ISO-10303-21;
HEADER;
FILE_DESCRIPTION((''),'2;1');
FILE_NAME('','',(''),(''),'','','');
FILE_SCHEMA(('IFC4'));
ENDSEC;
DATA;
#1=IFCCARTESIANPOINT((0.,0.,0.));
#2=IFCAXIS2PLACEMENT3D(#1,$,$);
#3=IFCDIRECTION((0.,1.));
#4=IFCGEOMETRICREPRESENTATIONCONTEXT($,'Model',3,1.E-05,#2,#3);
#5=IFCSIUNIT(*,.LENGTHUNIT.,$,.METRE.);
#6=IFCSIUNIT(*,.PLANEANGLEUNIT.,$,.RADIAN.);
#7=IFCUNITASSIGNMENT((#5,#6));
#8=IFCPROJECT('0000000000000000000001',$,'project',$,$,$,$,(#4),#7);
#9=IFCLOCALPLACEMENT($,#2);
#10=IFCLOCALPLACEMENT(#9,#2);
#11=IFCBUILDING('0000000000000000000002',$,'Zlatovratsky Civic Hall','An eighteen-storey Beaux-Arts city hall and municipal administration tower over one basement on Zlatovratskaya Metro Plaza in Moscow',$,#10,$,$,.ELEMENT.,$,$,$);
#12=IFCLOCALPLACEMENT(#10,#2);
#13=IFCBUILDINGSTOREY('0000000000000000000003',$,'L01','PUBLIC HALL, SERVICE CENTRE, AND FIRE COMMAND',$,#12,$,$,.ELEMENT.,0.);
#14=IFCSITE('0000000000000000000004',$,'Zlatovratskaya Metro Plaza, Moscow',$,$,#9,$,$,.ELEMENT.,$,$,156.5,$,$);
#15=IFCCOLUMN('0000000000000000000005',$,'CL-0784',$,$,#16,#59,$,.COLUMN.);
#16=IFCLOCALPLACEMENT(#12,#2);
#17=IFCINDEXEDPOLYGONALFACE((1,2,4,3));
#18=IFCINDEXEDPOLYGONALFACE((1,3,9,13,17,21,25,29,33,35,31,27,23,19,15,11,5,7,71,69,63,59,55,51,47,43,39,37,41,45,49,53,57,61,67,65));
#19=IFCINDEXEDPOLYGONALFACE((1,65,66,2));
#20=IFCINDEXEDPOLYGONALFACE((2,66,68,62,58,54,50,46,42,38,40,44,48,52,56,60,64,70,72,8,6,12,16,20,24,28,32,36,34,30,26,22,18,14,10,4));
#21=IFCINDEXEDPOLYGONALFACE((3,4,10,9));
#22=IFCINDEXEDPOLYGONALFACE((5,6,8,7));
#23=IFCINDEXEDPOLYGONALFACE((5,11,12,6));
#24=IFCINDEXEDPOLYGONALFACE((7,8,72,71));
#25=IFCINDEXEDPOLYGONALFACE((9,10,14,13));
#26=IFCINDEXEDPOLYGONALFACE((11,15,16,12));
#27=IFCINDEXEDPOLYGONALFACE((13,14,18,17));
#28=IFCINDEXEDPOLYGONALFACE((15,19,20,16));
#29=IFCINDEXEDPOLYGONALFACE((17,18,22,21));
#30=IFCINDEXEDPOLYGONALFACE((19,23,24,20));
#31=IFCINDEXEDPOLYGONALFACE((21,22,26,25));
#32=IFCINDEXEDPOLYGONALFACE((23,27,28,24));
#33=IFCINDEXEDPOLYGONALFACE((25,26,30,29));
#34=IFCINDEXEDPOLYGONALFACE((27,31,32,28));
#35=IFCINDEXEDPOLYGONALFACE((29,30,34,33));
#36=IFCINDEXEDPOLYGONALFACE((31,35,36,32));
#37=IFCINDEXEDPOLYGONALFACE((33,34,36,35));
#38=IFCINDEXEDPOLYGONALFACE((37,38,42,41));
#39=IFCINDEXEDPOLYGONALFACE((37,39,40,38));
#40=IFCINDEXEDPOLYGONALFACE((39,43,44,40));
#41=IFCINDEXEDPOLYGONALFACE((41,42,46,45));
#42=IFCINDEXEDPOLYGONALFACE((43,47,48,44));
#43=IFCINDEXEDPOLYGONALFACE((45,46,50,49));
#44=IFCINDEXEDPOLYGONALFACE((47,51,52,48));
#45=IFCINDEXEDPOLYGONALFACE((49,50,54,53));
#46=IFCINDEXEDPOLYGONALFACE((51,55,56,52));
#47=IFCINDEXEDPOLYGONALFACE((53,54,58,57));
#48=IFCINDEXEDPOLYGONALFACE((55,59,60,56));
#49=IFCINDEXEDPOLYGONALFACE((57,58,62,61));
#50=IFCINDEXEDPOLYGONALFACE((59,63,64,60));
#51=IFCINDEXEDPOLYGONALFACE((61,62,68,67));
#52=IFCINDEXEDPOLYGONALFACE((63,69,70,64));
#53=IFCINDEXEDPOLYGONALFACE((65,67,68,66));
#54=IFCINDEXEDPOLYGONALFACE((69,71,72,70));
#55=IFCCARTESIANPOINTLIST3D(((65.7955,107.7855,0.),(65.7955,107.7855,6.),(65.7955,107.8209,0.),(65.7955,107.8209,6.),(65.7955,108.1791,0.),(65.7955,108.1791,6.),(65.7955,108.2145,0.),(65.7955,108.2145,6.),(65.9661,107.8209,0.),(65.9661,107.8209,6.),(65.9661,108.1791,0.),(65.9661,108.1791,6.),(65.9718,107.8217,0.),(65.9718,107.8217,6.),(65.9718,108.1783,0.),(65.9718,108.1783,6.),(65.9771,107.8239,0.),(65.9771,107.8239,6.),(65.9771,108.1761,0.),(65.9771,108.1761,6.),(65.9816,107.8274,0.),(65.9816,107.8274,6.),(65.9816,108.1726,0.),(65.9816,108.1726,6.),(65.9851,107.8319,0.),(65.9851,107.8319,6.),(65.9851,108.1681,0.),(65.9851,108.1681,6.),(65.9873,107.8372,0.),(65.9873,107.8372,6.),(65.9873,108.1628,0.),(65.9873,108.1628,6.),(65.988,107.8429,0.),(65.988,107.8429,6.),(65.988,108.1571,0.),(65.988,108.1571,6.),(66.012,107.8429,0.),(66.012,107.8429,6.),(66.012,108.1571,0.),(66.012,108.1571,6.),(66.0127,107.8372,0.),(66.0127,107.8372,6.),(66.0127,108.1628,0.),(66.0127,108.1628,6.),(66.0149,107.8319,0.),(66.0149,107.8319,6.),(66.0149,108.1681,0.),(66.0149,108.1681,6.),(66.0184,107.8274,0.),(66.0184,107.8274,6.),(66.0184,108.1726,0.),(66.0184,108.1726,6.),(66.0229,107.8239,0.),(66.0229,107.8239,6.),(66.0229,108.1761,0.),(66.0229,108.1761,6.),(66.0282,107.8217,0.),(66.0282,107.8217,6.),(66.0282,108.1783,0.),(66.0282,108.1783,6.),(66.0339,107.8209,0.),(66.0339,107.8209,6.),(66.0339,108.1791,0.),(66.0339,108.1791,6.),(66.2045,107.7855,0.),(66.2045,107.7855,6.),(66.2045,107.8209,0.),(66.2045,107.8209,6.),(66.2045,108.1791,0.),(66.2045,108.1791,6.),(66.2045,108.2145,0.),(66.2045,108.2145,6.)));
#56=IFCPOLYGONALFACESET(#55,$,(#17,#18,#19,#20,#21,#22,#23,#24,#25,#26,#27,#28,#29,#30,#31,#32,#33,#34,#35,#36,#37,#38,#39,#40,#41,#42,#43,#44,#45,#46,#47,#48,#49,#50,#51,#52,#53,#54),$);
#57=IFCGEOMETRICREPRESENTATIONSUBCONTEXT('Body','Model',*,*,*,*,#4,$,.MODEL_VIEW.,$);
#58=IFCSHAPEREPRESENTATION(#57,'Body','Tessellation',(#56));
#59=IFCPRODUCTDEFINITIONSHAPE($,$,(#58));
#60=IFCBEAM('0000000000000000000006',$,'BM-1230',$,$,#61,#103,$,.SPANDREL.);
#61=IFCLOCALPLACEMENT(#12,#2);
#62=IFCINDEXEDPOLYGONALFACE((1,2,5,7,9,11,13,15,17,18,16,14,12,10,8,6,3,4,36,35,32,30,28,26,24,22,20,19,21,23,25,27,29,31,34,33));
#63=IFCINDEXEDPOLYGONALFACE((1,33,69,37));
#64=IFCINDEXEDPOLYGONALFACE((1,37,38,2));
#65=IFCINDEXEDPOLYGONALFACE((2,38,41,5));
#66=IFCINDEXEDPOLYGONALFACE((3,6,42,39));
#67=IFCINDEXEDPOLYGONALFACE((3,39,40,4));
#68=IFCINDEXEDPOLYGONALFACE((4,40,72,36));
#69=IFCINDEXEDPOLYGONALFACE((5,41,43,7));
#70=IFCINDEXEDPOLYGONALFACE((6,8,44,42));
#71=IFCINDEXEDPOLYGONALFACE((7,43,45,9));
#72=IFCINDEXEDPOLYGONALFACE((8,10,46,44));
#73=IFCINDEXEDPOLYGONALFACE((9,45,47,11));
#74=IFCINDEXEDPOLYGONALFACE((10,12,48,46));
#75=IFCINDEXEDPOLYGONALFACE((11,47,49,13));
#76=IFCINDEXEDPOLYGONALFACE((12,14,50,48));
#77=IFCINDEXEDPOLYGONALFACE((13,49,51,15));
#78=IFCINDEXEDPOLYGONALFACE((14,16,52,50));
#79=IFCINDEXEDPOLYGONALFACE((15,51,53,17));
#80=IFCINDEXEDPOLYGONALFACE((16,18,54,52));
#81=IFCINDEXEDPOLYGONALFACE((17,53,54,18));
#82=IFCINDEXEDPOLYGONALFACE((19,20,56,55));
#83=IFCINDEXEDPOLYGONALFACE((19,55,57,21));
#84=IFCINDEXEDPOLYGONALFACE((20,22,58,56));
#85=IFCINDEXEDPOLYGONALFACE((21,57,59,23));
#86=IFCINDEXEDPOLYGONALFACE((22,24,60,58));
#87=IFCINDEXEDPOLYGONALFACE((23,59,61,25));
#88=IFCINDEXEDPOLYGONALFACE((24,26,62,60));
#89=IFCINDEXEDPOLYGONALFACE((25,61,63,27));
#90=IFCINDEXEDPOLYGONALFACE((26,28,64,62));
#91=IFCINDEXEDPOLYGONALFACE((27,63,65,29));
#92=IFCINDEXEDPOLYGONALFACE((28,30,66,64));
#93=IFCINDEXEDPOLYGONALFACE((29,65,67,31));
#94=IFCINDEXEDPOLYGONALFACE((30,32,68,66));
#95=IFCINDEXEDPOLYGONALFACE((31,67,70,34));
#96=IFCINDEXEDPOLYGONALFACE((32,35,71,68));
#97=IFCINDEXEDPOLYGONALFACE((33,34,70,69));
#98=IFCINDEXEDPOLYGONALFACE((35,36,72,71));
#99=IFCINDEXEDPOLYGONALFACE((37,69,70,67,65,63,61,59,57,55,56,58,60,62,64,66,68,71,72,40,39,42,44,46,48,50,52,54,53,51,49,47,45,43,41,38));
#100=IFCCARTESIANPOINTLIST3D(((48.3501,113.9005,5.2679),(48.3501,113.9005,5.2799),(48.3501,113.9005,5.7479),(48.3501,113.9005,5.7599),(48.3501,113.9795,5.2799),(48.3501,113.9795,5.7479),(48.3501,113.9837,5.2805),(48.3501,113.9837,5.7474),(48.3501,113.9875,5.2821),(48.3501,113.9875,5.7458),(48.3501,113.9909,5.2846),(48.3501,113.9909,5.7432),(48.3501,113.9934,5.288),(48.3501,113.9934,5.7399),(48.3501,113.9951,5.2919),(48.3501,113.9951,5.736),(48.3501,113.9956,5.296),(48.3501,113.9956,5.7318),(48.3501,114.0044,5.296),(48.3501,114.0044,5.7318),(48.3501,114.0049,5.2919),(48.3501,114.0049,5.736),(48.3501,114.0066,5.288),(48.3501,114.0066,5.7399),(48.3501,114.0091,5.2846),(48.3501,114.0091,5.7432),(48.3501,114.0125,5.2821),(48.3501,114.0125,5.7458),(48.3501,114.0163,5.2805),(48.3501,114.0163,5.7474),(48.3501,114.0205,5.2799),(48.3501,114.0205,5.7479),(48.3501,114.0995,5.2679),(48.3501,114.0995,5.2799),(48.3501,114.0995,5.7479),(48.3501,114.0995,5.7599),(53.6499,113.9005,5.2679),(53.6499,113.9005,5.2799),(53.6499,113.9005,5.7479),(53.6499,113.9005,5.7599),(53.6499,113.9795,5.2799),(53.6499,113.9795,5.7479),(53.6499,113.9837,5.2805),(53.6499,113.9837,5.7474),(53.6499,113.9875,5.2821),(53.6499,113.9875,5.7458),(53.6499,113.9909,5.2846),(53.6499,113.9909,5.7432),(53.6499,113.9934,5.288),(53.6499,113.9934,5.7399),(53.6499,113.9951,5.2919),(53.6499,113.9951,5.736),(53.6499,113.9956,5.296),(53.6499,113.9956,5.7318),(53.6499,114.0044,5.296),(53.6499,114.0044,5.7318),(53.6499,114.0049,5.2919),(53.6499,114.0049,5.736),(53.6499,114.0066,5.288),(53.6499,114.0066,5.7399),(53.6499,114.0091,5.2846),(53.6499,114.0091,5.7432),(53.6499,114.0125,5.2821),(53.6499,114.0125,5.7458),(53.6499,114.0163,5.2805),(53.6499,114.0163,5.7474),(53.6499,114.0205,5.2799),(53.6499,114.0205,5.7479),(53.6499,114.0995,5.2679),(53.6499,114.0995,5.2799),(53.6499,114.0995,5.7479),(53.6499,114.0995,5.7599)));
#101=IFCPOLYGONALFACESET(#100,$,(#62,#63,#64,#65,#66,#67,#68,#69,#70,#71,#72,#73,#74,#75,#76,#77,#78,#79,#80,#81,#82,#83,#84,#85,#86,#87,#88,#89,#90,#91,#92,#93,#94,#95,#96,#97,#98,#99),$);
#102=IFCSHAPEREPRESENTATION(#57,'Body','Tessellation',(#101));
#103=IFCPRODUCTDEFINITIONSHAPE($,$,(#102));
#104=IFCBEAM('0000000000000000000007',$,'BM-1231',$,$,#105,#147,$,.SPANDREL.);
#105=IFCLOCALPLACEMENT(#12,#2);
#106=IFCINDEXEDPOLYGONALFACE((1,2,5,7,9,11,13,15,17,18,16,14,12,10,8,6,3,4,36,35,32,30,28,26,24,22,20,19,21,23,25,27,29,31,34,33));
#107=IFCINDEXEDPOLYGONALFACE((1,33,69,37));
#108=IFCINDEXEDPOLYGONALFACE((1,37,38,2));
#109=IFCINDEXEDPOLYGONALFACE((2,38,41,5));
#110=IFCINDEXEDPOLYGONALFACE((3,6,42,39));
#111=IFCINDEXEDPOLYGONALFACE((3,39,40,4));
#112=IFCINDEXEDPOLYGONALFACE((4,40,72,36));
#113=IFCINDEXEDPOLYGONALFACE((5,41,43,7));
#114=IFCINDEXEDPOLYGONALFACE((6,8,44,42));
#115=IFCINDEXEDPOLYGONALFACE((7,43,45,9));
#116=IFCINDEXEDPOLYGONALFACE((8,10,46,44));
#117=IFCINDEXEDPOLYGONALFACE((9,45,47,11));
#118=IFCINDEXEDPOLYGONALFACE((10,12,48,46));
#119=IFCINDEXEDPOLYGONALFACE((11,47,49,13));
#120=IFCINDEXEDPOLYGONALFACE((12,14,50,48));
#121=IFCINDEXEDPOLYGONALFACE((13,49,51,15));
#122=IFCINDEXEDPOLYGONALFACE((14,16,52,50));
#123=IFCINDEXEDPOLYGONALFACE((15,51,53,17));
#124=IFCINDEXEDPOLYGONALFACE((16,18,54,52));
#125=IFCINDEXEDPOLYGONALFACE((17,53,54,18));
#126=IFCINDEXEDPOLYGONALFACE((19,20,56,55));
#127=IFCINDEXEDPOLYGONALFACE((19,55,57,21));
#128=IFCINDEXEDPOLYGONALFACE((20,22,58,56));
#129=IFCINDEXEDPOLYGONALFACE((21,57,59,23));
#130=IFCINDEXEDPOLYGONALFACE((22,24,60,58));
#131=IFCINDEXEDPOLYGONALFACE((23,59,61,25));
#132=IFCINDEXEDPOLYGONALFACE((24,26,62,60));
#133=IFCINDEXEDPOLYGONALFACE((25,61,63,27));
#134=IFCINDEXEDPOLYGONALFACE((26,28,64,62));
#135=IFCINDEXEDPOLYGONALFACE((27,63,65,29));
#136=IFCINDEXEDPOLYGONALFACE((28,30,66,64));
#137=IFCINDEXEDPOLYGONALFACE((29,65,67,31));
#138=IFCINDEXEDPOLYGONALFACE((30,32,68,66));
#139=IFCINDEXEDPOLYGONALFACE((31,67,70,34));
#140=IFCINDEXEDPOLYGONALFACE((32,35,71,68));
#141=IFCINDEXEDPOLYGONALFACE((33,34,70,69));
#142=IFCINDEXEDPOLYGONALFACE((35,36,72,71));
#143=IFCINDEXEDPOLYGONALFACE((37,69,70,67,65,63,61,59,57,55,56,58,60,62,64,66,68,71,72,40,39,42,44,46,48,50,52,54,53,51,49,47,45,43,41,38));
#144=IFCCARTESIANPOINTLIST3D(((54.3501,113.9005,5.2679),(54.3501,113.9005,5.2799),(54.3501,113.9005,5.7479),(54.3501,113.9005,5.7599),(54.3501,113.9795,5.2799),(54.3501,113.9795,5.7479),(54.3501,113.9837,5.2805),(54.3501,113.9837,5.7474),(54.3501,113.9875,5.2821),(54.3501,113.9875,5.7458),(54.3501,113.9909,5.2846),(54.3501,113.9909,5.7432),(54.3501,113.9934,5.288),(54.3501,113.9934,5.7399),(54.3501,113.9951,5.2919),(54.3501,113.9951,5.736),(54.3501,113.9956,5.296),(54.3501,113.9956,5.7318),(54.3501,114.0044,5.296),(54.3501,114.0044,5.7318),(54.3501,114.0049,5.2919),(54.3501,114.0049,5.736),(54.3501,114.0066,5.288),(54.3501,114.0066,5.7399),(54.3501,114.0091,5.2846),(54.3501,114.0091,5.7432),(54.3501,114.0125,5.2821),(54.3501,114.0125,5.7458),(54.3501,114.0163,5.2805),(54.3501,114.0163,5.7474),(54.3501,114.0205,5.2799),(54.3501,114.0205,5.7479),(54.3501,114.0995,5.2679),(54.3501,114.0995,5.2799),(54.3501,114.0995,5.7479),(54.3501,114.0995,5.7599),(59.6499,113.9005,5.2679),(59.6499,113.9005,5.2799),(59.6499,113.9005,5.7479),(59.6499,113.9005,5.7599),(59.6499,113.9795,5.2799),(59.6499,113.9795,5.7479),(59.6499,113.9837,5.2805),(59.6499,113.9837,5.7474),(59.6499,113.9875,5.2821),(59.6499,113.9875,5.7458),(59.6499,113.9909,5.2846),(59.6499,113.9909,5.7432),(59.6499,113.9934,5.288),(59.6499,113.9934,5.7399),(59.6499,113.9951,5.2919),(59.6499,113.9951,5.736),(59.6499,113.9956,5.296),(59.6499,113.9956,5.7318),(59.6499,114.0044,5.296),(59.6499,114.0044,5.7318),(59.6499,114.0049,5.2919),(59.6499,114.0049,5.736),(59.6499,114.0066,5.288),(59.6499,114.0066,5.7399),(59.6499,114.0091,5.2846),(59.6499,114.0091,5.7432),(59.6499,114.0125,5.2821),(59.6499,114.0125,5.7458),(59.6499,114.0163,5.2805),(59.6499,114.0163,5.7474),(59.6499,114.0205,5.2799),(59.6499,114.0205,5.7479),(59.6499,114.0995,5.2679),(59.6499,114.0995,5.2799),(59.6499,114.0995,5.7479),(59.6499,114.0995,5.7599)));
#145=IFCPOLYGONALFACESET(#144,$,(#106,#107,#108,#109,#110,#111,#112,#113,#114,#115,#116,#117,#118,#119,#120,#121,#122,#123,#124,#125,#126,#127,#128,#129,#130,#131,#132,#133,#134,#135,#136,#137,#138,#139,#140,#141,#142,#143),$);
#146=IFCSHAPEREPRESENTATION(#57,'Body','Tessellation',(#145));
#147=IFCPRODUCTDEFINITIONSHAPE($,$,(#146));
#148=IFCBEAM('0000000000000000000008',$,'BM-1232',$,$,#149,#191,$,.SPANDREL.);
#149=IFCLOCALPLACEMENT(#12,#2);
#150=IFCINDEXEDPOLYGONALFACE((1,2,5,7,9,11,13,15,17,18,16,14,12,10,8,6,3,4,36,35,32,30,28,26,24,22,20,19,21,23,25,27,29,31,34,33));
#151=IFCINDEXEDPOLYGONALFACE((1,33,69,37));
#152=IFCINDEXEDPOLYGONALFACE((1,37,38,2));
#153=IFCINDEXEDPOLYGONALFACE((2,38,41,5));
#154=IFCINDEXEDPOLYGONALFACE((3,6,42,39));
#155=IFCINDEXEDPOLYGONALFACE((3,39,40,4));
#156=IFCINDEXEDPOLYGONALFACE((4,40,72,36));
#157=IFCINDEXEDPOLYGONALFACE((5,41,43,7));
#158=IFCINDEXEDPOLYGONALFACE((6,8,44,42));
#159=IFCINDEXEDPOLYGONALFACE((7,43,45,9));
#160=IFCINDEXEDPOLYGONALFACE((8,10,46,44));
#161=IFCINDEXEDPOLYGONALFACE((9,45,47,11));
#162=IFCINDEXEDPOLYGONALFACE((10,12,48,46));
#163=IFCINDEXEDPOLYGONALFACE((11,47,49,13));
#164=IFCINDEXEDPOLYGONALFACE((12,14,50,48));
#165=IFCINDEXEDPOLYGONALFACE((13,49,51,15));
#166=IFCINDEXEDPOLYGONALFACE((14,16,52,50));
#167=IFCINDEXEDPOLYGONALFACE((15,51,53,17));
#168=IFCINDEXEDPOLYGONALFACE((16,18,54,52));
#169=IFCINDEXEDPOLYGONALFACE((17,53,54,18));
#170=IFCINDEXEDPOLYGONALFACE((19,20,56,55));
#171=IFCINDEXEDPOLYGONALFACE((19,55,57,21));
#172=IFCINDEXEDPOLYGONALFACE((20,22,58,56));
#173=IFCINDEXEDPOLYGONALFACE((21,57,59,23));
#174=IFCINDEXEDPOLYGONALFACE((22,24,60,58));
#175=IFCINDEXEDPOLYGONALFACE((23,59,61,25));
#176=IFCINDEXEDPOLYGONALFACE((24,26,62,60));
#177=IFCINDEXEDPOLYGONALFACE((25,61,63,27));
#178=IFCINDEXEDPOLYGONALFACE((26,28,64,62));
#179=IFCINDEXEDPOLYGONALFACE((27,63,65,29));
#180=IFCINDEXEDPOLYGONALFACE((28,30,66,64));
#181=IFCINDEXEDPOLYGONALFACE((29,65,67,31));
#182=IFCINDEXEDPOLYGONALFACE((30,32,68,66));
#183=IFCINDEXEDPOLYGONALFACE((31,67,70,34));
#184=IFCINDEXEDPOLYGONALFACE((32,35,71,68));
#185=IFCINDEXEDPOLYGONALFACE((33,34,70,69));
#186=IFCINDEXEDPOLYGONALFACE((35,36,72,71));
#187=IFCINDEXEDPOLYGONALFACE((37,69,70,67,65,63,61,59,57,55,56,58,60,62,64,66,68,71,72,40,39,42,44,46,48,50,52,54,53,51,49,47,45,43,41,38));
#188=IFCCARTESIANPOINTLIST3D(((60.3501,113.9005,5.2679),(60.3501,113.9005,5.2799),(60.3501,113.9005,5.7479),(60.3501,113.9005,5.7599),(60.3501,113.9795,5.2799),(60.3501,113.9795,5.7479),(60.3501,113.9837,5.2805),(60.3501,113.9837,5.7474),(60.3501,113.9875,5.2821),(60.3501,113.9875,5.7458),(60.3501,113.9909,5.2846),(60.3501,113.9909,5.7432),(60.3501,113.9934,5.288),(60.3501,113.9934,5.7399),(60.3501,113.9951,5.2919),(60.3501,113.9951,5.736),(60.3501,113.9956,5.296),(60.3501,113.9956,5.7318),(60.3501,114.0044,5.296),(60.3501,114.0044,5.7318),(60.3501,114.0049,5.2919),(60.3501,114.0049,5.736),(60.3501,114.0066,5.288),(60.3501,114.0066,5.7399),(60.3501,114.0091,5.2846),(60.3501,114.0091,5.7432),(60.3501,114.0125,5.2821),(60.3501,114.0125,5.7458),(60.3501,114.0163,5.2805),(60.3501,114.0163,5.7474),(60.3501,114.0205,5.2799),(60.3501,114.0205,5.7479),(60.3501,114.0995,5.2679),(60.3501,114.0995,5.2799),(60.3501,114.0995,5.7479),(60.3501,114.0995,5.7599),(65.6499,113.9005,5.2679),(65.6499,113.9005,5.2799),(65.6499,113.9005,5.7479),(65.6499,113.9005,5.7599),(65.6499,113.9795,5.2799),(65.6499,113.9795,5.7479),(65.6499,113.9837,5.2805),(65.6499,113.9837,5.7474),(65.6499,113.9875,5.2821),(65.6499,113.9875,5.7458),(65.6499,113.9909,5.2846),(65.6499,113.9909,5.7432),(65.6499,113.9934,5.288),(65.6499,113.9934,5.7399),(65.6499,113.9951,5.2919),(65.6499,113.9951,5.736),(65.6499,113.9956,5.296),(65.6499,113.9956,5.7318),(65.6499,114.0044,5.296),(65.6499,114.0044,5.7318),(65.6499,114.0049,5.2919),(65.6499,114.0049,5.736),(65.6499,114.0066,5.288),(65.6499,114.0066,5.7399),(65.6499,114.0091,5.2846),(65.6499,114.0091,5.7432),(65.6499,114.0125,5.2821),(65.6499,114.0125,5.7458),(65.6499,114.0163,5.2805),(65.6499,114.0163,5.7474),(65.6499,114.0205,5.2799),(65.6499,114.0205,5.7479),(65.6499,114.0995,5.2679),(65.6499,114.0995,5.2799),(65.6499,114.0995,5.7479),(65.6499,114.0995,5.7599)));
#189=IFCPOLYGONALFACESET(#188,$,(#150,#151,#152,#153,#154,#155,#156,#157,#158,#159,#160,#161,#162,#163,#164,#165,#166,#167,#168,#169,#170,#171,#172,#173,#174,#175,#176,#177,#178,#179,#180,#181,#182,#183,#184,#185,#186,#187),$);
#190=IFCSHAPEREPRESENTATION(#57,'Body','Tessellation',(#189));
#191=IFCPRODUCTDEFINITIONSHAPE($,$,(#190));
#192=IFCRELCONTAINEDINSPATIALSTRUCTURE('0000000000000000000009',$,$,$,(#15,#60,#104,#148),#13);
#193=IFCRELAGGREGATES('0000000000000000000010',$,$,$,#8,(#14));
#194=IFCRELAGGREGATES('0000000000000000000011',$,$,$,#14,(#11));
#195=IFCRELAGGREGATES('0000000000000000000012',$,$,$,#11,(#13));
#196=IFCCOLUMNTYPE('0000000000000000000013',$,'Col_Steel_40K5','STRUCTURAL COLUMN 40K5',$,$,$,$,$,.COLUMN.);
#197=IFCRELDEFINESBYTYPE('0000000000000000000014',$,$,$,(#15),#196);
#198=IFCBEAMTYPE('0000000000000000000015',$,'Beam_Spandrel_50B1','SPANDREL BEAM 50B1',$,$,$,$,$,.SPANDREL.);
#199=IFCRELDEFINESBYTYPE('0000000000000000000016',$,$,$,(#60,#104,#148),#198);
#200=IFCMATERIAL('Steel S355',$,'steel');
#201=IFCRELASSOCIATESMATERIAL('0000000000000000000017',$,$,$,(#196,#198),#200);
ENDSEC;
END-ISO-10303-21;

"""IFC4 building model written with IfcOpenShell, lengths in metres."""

from ifc_helpers import new_model, si_unit, direction, frame, origin, origin_2d, place, context, subcontext, project, spatial, i_section, extrude, material, material_profile, profile_set, type_object, element, save


model = new_model("IFC4")

# Units and contexts
model_context = context("Model", 3, precision=1e-05, world=origin(), true_north=direction((0.0, 1.0)))
body_context = subcontext(model_context, "Body", "Model", "MODEL_VIEW")
ifc_project = project(units=[si_unit("LENGTHUNIT", "METRE"), si_unit("PLANEANGLEUNIT", "RADIAN")], contexts=[model_context])

# Site, building, storey
site_placement = place(None, origin())
site = spatial("IfcSite", under=ifc_project, at=site_placement, Name="Zlatovratskaya Metro Plaza, Moscow", CompositionType="ELEMENT", RefElevation=156.5)
building_placement = place(site_placement, origin())
building = spatial("IfcBuilding", under=site, at=building_placement, Name="Zlatovratsky Civic Hall", Description="An eighteen-storey Beaux-Arts city hall and municipal administration tower over one basement on Zlatovratskaya Metro Plaza in Moscow", CompositionType="ELEMENT")
storey_placement = place(building_placement, origin())
storey = spatial("IfcBuildingStorey", under=building, at=storey_placement, Name="L01", Description="PUBLIC HALL, SERVICE CENTRE, AND FIRE COMMAND", CompositionType="ELEMENT", Elevation=0.0)

# Column
ifc_material_1 = material(Name="Steel S355", Category="steel")
ifc_material_profile_1 = material_profile(ifc_material_1, i_section(OverallWidth=0.4089, OverallDepth=0.429, WebThickness=0.0239, FlangeThickness=0.0354, FilletRadius=0.022, at=origin_2d()), Name="40K5")
ifc_profile_set_1 = profile_set([ifc_material_profile_1], Name="Steel S355")
column_type_1 = type_object("IfcColumnType", Name="Col_Steel_40K5", Description="STRUCTURAL COLUMN 40K5", PredefinedType="COLUMN", material=ifc_profile_set_1)
for number, where, z_axis, x_axis, name in (
    (1, (66.0, 108.0, 0.0), (0.0, 0.0, 1.0), (1.0, 0.0, 0.0), "CL-0784"),
):
    element("IfcColumn", number, at=place(storey_placement, frame(where, z_axis=z_axis, x_axis=x_axis)), inside=storey, type_object=column_type_1, Name=name, PredefinedType="COLUMN", context=body_context, shape_type="SweptSolid", body=[
        extrude(i_section(OverallWidth=0.4089, OverallDepth=0.429, WebThickness=0.0239, FlangeThickness=0.0354, FilletRadius=0.022, at=origin_2d()), origin(), (0.0, 0.0, 1.0), 6.0),
    ])

# Beams
ifc_material_profile_2 = material_profile(ifc_material_1, i_section(OverallWidth=0.199, OverallDepth=0.4919, WebThickness=0.0088, FlangeThickness=0.012, FilletRadius=0.0161, at=origin_2d()), Name="50B1")
ifc_profile_set_2 = profile_set([ifc_material_profile_2], Name="Steel S355")
beam_type_1 = type_object("IfcBeamType", Name="Beam_Spandrel_50B1", Description="SPANDREL BEAM 50B1", PredefinedType="SPANDREL", material=ifc_profile_set_2)
for number, where, z_axis, x_axis, name in (
    (2, (48.3501, 114.0, 5.5139), (1.0, 0.0, 0.0), (0.0, 1.0, 0.0), "BM-1230"),
    (3, (54.3501, 114.0, 5.5139), (1.0, 0.0, 0.0), (0.0, 1.0, 0.0), "BM-1231"),
    (4, (60.3501, 114.0, 5.5139), (1.0, 0.0, 0.0), (0.0, 1.0, 0.0), "BM-1232"),
):
    element("IfcBeam", number, at=place(storey_placement, frame(where, z_axis=z_axis, x_axis=x_axis)), inside=storey, type_object=beam_type_1, Name=name, PredefinedType="SPANDREL", context=body_context, shape_type="SweptSolid", body=[
        extrude(i_section(OverallWidth=0.199, OverallDepth=0.4919, WebThickness=0.0088, FlangeThickness=0.012, FilletRadius=0.0161, at=origin_2d()), origin(), (0.0, 0.0, 1.0), 5.2998),
    ])

save(model, "model.ifc")
